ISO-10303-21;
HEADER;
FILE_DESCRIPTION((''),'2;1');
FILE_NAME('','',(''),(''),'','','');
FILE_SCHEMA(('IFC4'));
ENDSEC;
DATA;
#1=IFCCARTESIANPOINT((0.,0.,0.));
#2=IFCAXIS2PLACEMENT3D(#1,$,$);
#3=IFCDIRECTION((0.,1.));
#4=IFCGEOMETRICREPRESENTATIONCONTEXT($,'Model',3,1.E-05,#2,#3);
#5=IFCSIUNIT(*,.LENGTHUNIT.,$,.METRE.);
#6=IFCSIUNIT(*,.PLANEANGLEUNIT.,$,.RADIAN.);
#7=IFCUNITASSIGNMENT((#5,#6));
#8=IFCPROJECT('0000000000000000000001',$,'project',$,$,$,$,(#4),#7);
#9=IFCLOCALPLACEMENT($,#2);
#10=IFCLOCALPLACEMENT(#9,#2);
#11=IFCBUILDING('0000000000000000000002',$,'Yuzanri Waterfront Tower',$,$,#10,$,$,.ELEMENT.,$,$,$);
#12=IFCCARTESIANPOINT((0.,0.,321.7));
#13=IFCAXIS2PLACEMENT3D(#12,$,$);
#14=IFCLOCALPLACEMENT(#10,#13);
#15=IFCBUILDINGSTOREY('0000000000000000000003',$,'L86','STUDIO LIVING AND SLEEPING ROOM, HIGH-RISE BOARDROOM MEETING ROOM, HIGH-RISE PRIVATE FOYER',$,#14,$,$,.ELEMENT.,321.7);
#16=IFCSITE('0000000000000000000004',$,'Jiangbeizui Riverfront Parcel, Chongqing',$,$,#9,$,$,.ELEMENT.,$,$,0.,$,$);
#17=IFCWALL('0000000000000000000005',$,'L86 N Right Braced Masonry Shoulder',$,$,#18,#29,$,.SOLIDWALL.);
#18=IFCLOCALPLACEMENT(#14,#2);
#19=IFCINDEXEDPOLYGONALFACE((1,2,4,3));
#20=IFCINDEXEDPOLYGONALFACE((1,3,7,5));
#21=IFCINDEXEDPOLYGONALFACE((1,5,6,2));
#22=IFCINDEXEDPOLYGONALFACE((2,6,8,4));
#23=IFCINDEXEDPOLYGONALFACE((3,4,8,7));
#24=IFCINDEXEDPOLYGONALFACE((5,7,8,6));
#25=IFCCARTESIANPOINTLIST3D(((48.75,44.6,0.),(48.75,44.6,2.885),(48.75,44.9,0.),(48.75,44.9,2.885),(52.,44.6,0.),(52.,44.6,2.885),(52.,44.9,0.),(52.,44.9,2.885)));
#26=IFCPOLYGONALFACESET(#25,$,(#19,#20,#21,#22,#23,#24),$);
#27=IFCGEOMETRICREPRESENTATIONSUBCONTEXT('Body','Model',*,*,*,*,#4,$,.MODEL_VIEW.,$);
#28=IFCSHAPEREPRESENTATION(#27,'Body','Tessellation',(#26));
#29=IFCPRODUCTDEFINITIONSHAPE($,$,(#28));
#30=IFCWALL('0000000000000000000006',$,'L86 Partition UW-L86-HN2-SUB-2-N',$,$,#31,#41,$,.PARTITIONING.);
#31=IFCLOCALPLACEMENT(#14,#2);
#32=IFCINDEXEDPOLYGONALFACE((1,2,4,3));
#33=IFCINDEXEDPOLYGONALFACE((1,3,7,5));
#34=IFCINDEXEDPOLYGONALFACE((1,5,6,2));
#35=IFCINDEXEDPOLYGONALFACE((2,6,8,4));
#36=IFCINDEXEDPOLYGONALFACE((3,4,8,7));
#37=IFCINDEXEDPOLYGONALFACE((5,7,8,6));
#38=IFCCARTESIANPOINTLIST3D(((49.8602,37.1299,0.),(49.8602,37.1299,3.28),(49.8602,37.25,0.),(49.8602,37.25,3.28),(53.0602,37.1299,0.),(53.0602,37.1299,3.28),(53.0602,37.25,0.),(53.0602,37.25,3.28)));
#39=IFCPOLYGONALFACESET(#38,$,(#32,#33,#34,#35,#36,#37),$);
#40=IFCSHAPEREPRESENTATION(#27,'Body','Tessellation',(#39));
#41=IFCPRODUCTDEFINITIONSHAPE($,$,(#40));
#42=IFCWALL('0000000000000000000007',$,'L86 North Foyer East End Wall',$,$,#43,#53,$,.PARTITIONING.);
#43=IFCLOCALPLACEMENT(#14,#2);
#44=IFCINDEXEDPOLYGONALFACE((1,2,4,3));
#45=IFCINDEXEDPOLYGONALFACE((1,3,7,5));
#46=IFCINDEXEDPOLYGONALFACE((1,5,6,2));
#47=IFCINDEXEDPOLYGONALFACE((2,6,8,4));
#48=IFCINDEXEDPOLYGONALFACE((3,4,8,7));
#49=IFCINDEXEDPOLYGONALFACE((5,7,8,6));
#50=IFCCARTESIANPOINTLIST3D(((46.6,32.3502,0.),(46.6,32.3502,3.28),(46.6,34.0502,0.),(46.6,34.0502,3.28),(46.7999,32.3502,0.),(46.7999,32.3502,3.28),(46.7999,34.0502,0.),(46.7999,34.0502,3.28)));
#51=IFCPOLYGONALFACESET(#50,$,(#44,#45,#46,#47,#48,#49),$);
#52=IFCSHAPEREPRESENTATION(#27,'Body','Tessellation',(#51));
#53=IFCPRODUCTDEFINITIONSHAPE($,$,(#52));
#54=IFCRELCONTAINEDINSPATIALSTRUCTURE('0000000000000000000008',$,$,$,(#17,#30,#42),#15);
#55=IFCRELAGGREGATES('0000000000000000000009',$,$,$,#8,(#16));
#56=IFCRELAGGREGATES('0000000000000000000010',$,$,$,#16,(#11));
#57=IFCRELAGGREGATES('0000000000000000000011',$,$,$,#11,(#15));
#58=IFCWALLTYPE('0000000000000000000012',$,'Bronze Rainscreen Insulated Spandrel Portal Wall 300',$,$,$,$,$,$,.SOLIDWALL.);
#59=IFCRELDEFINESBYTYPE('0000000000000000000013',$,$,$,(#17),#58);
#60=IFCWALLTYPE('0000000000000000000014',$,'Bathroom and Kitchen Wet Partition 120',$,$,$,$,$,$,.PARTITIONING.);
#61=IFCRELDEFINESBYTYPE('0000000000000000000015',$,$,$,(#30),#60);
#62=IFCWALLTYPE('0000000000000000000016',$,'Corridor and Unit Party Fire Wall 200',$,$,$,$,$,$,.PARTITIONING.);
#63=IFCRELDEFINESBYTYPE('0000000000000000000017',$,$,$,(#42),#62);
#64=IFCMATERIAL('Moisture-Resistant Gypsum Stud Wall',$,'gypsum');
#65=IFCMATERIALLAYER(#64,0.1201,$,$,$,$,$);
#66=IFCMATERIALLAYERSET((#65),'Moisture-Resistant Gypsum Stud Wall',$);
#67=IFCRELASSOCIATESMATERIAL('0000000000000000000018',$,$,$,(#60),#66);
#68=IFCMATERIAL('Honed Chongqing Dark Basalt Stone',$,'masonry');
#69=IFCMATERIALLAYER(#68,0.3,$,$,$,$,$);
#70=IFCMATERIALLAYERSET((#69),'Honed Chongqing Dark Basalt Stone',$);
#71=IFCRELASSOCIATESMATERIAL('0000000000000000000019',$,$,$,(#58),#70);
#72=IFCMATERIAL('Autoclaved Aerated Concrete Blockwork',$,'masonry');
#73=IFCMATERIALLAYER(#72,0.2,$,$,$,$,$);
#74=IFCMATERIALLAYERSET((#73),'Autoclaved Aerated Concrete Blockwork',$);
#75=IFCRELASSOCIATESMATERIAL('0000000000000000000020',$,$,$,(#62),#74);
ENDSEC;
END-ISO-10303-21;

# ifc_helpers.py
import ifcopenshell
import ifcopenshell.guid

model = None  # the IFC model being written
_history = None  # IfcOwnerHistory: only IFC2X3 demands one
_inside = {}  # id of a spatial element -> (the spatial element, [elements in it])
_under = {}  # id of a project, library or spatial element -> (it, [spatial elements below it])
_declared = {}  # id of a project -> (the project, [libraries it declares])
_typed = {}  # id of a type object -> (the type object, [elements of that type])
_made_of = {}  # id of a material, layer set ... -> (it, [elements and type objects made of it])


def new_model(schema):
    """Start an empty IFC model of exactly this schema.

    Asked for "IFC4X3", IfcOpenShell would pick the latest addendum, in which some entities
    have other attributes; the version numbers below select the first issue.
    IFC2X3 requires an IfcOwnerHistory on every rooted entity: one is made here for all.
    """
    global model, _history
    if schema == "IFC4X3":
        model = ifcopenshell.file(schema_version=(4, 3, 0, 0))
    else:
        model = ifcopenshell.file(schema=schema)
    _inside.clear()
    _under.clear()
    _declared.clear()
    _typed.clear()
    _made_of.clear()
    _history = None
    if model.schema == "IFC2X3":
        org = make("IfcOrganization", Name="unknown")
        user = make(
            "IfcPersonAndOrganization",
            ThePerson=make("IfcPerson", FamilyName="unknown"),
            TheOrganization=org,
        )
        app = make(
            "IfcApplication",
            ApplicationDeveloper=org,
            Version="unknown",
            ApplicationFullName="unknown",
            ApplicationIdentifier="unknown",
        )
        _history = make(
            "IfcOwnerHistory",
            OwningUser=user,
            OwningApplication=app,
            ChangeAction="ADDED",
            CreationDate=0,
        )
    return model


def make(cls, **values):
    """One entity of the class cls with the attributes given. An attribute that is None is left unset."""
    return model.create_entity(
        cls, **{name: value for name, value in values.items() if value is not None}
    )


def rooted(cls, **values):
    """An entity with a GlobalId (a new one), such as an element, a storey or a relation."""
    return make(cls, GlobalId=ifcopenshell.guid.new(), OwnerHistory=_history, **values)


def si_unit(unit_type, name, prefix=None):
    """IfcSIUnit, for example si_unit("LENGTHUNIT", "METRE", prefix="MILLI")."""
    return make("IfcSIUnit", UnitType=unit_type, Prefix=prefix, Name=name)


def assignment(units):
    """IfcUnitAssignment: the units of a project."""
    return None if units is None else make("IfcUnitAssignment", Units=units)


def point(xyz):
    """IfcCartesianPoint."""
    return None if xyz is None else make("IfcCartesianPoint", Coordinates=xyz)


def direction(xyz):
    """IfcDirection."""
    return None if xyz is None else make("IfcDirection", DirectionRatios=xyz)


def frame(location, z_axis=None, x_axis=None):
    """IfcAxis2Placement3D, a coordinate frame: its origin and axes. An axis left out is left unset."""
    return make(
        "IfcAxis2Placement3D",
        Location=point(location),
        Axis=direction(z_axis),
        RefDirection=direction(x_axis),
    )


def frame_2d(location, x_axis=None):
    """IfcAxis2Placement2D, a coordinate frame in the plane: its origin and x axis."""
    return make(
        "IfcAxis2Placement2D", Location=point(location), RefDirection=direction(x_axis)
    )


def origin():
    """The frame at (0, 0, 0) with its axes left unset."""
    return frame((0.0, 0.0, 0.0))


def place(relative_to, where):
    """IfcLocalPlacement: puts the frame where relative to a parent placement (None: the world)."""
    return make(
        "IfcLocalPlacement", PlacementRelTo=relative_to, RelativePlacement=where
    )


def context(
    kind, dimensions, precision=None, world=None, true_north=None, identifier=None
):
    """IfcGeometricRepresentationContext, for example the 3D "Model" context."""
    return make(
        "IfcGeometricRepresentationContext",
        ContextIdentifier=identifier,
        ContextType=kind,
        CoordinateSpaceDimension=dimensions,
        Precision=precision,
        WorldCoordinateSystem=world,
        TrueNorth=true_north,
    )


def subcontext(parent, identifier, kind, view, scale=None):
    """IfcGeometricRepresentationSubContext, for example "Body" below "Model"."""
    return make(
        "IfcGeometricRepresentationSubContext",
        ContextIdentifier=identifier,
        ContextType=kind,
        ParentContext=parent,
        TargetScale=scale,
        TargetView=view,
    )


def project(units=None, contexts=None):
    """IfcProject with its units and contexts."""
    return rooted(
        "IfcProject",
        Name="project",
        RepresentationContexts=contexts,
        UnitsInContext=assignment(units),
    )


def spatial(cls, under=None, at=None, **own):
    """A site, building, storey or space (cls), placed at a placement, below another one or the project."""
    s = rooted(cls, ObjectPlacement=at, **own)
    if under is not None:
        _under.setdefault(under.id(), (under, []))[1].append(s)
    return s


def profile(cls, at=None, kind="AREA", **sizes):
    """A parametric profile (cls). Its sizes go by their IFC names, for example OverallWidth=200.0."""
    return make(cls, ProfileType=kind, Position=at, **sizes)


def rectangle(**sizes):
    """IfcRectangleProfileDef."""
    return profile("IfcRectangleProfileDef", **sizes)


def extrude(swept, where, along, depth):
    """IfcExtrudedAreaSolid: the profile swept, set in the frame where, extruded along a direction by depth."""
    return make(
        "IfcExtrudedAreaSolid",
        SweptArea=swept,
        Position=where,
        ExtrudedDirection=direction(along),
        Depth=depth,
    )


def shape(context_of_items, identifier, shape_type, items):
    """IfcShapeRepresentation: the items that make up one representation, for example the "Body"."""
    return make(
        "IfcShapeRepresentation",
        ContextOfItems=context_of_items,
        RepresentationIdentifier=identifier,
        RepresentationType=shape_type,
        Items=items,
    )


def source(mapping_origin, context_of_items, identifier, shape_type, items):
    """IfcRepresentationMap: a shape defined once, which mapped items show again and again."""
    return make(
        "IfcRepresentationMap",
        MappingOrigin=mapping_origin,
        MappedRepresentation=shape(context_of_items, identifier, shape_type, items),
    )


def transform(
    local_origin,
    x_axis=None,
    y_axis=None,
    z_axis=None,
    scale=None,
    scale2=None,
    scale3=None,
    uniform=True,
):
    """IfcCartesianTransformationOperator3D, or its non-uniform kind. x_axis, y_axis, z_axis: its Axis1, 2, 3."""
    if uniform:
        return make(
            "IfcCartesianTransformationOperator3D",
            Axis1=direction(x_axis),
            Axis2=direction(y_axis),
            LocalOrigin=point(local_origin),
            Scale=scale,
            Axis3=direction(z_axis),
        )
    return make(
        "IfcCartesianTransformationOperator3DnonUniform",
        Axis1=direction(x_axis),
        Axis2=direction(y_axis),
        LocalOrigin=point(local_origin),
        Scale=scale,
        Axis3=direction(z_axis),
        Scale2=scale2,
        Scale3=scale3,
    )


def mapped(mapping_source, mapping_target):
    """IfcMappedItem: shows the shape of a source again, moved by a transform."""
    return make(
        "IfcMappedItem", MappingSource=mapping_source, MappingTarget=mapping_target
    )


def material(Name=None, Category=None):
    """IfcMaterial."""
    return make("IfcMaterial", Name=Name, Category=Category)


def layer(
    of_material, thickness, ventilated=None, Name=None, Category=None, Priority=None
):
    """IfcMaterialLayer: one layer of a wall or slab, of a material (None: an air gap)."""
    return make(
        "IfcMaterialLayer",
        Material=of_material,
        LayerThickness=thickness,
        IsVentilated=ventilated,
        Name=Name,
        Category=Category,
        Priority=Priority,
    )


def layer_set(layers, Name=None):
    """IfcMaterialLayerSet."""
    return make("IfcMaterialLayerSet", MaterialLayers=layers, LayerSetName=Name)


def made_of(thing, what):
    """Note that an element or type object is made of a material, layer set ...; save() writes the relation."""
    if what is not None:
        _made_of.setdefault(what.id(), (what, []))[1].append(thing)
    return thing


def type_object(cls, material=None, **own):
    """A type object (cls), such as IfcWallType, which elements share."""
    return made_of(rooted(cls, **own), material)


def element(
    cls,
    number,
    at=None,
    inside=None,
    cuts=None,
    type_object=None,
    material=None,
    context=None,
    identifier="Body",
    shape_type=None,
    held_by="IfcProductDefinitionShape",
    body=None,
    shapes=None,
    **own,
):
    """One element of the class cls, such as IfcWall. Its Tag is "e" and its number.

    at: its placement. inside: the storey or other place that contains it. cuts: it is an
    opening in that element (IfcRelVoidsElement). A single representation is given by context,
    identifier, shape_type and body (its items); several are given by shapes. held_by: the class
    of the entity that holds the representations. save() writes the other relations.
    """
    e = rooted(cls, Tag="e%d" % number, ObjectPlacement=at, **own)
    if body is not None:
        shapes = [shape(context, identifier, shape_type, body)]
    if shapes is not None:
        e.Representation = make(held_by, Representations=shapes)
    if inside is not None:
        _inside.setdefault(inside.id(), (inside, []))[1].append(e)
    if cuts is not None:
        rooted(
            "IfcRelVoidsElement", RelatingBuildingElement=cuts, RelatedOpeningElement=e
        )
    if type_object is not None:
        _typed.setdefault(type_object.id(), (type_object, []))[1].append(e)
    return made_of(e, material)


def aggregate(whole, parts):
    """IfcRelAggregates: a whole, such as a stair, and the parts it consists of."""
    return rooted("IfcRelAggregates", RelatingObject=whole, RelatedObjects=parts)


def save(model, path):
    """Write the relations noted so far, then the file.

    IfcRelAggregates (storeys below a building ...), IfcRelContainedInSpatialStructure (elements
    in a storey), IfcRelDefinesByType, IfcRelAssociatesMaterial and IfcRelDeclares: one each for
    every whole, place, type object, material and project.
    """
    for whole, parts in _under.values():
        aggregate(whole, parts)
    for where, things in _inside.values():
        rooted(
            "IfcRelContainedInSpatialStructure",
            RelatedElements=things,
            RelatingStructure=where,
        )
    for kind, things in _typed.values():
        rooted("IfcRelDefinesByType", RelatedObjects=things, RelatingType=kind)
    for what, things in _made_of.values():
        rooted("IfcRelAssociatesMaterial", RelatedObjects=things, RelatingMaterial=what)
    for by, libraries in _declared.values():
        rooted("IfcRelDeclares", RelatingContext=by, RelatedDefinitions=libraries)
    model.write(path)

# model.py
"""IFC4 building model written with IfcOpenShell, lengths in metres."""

from ifc_helpers import new_model, si_unit, direction, frame, frame_2d, origin, place, context, subcontext, project, spatial, rectangle, extrude, source, transform, mapped, material, layer, layer_set, type_object, element, save


model = new_model("IFC4")

# Units and contexts
model_context = context("Model", 3, precision=1e-05, world=origin(), true_north=direction((0.0, 1.0)))
body_context = subcontext(model_context, "Body", "Model", "MODEL_VIEW")
ifc_project = project(units=[si_unit("LENGTHUNIT", "METRE"), si_unit("PLANEANGLEUNIT", "RADIAN")], contexts=[model_context])

# Site, building, storey
site_placement = place(None, origin())
site = spatial("IfcSite", under=ifc_project, at=site_placement, Name="Jiangbeizui Riverfront Parcel, Chongqing", CompositionType="ELEMENT", RefElevation=0.0)
building_placement = place(site_placement, origin())
building = spatial("IfcBuilding", under=site, at=building_placement, Name="Yuzanri Waterfront Tower", CompositionType="ELEMENT")
storey_placement = place(building_placement, frame((0.0, 0.0, 321.7)))
storey = spatial("IfcBuildingStorey", under=building, at=storey_placement, Name="L86", Description="STUDIO LIVING AND SLEEPING ROOM, HIGH-RISE BOARDROOM MEETING ROOM, HIGH-RISE PRIVATE FOYER", CompositionType="ELEMENT", Elevation=321.7)

# Shared definitions
ifc_material_1 = material(Name="Moisture-Resistant Gypsum Stud Wall", Category="gypsum")
ifc_layer_1 = layer(ifc_material_1, 0.1201)
ifc_layer_set_1 = layer_set([ifc_layer_1], Name="Moisture-Resistant Gypsum Stud Wall")
wall_type_1 = type_object("IfcWallType", Name="Bathroom and Kitchen Wet Partition 120", PredefinedType="PARTITIONING", material=ifc_layer_set_1)

# Walls
ifc_material_2 = material(Name="Honed Chongqing Dark Basalt Stone", Category="masonry")
ifc_layer_2 = layer(ifc_material_2, 0.3)
ifc_layer_set_2 = layer_set([ifc_layer_2], Name="Honed Chongqing Dark Basalt Stone")
wall_type_2 = type_object("IfcWallType", Name="Bronze Rainscreen Insulated Spandrel Portal Wall 300", PredefinedType="SOLIDWALL", material=ifc_layer_set_2)
shared_shape_1 = source(origin(), body_context, "Body", "SweptSolid", [
    extrude(rectangle(XDim=3.25, YDim=0.3, at=frame_2d((1.625, 0.0))), origin(), (0.0, 0.0, 1.0), 2.885),
])
wall_1_placement = place(storey_placement, frame((48.75, 44.75, 0.0), z_axis=(0.0, 0.0, 1.0), x_axis=(1.0, 0.0, 0.0)))
element("IfcWall", 1, at=wall_1_placement, inside=storey, type_object=wall_type_2, Name="L86 N Right Braced Masonry Shoulder", PredefinedType="SOLIDWALL", context=body_context, shape_type="MappedRepresentation", body=[
    mapped(shared_shape_1, transform((0.0, 0.0, 0.0), scale=1.0)),
])
shared_shape_2 = source(origin(), body_context, "Body", "SweptSolid", [
    extrude(rectangle(XDim=3.2, YDim=0.1201, at=frame_2d((1.6001, 0.0))), origin(), (0.0, 0.0, 1.0), 3.28),
])
wall_2_placement = place(storey_placement, frame((49.8601, 37.1899, 0.0), z_axis=(0.0, 0.0, 1.0), x_axis=(1.0, 0.0, 0.0)))
element("IfcWall", 2, at=wall_2_placement, inside=storey, type_object=wall_type_1, Name="L86 Partition UW-L86-HN2-SUB-2-N", PredefinedType="PARTITIONING", context=body_context, shape_type="MappedRepresentation", body=[
    mapped(shared_shape_2, transform((0.0, 0.0, 0.0), scale=1.0)),
])
ifc_material_3 = material(Name="Autoclaved Aerated Concrete Blockwork", Category="masonry")
ifc_layer_3 = layer(ifc_material_3, 0.2)
ifc_layer_set_3 = layer_set([ifc_layer_3], Name="Autoclaved Aerated Concrete Blockwork")
wall_type_3 = type_object("IfcWallType", Name="Corridor and Unit Party Fire Wall 200", PredefinedType="PARTITIONING", material=ifc_layer_set_3)
shared_shape_3 = source(origin(), body_context, "Body", "SweptSolid", [
    extrude(rectangle(XDim=1.7, YDim=0.2, at=frame_2d((0.8501, 0.0))), origin(), (0.0, 0.0, 1.0), 3.28),
])
wall_3_placement = place(storey_placement, frame((46.7, 32.3501, 0.0), z_axis=(0.0, 0.0, 1.0), x_axis=(0.0, 1.0, 0.0)))
element("IfcWall", 3, at=wall_3_placement, inside=storey, type_object=wall_type_3, Name="L86 North Foyer East End Wall", PredefinedType="PARTITIONING", context=body_context, shape_type="MappedRepresentation", body=[
    mapped(shared_shape_3, transform((0.0, 0.0, 0.0), scale=1.0)),
])

save(model, "model.ifc")
